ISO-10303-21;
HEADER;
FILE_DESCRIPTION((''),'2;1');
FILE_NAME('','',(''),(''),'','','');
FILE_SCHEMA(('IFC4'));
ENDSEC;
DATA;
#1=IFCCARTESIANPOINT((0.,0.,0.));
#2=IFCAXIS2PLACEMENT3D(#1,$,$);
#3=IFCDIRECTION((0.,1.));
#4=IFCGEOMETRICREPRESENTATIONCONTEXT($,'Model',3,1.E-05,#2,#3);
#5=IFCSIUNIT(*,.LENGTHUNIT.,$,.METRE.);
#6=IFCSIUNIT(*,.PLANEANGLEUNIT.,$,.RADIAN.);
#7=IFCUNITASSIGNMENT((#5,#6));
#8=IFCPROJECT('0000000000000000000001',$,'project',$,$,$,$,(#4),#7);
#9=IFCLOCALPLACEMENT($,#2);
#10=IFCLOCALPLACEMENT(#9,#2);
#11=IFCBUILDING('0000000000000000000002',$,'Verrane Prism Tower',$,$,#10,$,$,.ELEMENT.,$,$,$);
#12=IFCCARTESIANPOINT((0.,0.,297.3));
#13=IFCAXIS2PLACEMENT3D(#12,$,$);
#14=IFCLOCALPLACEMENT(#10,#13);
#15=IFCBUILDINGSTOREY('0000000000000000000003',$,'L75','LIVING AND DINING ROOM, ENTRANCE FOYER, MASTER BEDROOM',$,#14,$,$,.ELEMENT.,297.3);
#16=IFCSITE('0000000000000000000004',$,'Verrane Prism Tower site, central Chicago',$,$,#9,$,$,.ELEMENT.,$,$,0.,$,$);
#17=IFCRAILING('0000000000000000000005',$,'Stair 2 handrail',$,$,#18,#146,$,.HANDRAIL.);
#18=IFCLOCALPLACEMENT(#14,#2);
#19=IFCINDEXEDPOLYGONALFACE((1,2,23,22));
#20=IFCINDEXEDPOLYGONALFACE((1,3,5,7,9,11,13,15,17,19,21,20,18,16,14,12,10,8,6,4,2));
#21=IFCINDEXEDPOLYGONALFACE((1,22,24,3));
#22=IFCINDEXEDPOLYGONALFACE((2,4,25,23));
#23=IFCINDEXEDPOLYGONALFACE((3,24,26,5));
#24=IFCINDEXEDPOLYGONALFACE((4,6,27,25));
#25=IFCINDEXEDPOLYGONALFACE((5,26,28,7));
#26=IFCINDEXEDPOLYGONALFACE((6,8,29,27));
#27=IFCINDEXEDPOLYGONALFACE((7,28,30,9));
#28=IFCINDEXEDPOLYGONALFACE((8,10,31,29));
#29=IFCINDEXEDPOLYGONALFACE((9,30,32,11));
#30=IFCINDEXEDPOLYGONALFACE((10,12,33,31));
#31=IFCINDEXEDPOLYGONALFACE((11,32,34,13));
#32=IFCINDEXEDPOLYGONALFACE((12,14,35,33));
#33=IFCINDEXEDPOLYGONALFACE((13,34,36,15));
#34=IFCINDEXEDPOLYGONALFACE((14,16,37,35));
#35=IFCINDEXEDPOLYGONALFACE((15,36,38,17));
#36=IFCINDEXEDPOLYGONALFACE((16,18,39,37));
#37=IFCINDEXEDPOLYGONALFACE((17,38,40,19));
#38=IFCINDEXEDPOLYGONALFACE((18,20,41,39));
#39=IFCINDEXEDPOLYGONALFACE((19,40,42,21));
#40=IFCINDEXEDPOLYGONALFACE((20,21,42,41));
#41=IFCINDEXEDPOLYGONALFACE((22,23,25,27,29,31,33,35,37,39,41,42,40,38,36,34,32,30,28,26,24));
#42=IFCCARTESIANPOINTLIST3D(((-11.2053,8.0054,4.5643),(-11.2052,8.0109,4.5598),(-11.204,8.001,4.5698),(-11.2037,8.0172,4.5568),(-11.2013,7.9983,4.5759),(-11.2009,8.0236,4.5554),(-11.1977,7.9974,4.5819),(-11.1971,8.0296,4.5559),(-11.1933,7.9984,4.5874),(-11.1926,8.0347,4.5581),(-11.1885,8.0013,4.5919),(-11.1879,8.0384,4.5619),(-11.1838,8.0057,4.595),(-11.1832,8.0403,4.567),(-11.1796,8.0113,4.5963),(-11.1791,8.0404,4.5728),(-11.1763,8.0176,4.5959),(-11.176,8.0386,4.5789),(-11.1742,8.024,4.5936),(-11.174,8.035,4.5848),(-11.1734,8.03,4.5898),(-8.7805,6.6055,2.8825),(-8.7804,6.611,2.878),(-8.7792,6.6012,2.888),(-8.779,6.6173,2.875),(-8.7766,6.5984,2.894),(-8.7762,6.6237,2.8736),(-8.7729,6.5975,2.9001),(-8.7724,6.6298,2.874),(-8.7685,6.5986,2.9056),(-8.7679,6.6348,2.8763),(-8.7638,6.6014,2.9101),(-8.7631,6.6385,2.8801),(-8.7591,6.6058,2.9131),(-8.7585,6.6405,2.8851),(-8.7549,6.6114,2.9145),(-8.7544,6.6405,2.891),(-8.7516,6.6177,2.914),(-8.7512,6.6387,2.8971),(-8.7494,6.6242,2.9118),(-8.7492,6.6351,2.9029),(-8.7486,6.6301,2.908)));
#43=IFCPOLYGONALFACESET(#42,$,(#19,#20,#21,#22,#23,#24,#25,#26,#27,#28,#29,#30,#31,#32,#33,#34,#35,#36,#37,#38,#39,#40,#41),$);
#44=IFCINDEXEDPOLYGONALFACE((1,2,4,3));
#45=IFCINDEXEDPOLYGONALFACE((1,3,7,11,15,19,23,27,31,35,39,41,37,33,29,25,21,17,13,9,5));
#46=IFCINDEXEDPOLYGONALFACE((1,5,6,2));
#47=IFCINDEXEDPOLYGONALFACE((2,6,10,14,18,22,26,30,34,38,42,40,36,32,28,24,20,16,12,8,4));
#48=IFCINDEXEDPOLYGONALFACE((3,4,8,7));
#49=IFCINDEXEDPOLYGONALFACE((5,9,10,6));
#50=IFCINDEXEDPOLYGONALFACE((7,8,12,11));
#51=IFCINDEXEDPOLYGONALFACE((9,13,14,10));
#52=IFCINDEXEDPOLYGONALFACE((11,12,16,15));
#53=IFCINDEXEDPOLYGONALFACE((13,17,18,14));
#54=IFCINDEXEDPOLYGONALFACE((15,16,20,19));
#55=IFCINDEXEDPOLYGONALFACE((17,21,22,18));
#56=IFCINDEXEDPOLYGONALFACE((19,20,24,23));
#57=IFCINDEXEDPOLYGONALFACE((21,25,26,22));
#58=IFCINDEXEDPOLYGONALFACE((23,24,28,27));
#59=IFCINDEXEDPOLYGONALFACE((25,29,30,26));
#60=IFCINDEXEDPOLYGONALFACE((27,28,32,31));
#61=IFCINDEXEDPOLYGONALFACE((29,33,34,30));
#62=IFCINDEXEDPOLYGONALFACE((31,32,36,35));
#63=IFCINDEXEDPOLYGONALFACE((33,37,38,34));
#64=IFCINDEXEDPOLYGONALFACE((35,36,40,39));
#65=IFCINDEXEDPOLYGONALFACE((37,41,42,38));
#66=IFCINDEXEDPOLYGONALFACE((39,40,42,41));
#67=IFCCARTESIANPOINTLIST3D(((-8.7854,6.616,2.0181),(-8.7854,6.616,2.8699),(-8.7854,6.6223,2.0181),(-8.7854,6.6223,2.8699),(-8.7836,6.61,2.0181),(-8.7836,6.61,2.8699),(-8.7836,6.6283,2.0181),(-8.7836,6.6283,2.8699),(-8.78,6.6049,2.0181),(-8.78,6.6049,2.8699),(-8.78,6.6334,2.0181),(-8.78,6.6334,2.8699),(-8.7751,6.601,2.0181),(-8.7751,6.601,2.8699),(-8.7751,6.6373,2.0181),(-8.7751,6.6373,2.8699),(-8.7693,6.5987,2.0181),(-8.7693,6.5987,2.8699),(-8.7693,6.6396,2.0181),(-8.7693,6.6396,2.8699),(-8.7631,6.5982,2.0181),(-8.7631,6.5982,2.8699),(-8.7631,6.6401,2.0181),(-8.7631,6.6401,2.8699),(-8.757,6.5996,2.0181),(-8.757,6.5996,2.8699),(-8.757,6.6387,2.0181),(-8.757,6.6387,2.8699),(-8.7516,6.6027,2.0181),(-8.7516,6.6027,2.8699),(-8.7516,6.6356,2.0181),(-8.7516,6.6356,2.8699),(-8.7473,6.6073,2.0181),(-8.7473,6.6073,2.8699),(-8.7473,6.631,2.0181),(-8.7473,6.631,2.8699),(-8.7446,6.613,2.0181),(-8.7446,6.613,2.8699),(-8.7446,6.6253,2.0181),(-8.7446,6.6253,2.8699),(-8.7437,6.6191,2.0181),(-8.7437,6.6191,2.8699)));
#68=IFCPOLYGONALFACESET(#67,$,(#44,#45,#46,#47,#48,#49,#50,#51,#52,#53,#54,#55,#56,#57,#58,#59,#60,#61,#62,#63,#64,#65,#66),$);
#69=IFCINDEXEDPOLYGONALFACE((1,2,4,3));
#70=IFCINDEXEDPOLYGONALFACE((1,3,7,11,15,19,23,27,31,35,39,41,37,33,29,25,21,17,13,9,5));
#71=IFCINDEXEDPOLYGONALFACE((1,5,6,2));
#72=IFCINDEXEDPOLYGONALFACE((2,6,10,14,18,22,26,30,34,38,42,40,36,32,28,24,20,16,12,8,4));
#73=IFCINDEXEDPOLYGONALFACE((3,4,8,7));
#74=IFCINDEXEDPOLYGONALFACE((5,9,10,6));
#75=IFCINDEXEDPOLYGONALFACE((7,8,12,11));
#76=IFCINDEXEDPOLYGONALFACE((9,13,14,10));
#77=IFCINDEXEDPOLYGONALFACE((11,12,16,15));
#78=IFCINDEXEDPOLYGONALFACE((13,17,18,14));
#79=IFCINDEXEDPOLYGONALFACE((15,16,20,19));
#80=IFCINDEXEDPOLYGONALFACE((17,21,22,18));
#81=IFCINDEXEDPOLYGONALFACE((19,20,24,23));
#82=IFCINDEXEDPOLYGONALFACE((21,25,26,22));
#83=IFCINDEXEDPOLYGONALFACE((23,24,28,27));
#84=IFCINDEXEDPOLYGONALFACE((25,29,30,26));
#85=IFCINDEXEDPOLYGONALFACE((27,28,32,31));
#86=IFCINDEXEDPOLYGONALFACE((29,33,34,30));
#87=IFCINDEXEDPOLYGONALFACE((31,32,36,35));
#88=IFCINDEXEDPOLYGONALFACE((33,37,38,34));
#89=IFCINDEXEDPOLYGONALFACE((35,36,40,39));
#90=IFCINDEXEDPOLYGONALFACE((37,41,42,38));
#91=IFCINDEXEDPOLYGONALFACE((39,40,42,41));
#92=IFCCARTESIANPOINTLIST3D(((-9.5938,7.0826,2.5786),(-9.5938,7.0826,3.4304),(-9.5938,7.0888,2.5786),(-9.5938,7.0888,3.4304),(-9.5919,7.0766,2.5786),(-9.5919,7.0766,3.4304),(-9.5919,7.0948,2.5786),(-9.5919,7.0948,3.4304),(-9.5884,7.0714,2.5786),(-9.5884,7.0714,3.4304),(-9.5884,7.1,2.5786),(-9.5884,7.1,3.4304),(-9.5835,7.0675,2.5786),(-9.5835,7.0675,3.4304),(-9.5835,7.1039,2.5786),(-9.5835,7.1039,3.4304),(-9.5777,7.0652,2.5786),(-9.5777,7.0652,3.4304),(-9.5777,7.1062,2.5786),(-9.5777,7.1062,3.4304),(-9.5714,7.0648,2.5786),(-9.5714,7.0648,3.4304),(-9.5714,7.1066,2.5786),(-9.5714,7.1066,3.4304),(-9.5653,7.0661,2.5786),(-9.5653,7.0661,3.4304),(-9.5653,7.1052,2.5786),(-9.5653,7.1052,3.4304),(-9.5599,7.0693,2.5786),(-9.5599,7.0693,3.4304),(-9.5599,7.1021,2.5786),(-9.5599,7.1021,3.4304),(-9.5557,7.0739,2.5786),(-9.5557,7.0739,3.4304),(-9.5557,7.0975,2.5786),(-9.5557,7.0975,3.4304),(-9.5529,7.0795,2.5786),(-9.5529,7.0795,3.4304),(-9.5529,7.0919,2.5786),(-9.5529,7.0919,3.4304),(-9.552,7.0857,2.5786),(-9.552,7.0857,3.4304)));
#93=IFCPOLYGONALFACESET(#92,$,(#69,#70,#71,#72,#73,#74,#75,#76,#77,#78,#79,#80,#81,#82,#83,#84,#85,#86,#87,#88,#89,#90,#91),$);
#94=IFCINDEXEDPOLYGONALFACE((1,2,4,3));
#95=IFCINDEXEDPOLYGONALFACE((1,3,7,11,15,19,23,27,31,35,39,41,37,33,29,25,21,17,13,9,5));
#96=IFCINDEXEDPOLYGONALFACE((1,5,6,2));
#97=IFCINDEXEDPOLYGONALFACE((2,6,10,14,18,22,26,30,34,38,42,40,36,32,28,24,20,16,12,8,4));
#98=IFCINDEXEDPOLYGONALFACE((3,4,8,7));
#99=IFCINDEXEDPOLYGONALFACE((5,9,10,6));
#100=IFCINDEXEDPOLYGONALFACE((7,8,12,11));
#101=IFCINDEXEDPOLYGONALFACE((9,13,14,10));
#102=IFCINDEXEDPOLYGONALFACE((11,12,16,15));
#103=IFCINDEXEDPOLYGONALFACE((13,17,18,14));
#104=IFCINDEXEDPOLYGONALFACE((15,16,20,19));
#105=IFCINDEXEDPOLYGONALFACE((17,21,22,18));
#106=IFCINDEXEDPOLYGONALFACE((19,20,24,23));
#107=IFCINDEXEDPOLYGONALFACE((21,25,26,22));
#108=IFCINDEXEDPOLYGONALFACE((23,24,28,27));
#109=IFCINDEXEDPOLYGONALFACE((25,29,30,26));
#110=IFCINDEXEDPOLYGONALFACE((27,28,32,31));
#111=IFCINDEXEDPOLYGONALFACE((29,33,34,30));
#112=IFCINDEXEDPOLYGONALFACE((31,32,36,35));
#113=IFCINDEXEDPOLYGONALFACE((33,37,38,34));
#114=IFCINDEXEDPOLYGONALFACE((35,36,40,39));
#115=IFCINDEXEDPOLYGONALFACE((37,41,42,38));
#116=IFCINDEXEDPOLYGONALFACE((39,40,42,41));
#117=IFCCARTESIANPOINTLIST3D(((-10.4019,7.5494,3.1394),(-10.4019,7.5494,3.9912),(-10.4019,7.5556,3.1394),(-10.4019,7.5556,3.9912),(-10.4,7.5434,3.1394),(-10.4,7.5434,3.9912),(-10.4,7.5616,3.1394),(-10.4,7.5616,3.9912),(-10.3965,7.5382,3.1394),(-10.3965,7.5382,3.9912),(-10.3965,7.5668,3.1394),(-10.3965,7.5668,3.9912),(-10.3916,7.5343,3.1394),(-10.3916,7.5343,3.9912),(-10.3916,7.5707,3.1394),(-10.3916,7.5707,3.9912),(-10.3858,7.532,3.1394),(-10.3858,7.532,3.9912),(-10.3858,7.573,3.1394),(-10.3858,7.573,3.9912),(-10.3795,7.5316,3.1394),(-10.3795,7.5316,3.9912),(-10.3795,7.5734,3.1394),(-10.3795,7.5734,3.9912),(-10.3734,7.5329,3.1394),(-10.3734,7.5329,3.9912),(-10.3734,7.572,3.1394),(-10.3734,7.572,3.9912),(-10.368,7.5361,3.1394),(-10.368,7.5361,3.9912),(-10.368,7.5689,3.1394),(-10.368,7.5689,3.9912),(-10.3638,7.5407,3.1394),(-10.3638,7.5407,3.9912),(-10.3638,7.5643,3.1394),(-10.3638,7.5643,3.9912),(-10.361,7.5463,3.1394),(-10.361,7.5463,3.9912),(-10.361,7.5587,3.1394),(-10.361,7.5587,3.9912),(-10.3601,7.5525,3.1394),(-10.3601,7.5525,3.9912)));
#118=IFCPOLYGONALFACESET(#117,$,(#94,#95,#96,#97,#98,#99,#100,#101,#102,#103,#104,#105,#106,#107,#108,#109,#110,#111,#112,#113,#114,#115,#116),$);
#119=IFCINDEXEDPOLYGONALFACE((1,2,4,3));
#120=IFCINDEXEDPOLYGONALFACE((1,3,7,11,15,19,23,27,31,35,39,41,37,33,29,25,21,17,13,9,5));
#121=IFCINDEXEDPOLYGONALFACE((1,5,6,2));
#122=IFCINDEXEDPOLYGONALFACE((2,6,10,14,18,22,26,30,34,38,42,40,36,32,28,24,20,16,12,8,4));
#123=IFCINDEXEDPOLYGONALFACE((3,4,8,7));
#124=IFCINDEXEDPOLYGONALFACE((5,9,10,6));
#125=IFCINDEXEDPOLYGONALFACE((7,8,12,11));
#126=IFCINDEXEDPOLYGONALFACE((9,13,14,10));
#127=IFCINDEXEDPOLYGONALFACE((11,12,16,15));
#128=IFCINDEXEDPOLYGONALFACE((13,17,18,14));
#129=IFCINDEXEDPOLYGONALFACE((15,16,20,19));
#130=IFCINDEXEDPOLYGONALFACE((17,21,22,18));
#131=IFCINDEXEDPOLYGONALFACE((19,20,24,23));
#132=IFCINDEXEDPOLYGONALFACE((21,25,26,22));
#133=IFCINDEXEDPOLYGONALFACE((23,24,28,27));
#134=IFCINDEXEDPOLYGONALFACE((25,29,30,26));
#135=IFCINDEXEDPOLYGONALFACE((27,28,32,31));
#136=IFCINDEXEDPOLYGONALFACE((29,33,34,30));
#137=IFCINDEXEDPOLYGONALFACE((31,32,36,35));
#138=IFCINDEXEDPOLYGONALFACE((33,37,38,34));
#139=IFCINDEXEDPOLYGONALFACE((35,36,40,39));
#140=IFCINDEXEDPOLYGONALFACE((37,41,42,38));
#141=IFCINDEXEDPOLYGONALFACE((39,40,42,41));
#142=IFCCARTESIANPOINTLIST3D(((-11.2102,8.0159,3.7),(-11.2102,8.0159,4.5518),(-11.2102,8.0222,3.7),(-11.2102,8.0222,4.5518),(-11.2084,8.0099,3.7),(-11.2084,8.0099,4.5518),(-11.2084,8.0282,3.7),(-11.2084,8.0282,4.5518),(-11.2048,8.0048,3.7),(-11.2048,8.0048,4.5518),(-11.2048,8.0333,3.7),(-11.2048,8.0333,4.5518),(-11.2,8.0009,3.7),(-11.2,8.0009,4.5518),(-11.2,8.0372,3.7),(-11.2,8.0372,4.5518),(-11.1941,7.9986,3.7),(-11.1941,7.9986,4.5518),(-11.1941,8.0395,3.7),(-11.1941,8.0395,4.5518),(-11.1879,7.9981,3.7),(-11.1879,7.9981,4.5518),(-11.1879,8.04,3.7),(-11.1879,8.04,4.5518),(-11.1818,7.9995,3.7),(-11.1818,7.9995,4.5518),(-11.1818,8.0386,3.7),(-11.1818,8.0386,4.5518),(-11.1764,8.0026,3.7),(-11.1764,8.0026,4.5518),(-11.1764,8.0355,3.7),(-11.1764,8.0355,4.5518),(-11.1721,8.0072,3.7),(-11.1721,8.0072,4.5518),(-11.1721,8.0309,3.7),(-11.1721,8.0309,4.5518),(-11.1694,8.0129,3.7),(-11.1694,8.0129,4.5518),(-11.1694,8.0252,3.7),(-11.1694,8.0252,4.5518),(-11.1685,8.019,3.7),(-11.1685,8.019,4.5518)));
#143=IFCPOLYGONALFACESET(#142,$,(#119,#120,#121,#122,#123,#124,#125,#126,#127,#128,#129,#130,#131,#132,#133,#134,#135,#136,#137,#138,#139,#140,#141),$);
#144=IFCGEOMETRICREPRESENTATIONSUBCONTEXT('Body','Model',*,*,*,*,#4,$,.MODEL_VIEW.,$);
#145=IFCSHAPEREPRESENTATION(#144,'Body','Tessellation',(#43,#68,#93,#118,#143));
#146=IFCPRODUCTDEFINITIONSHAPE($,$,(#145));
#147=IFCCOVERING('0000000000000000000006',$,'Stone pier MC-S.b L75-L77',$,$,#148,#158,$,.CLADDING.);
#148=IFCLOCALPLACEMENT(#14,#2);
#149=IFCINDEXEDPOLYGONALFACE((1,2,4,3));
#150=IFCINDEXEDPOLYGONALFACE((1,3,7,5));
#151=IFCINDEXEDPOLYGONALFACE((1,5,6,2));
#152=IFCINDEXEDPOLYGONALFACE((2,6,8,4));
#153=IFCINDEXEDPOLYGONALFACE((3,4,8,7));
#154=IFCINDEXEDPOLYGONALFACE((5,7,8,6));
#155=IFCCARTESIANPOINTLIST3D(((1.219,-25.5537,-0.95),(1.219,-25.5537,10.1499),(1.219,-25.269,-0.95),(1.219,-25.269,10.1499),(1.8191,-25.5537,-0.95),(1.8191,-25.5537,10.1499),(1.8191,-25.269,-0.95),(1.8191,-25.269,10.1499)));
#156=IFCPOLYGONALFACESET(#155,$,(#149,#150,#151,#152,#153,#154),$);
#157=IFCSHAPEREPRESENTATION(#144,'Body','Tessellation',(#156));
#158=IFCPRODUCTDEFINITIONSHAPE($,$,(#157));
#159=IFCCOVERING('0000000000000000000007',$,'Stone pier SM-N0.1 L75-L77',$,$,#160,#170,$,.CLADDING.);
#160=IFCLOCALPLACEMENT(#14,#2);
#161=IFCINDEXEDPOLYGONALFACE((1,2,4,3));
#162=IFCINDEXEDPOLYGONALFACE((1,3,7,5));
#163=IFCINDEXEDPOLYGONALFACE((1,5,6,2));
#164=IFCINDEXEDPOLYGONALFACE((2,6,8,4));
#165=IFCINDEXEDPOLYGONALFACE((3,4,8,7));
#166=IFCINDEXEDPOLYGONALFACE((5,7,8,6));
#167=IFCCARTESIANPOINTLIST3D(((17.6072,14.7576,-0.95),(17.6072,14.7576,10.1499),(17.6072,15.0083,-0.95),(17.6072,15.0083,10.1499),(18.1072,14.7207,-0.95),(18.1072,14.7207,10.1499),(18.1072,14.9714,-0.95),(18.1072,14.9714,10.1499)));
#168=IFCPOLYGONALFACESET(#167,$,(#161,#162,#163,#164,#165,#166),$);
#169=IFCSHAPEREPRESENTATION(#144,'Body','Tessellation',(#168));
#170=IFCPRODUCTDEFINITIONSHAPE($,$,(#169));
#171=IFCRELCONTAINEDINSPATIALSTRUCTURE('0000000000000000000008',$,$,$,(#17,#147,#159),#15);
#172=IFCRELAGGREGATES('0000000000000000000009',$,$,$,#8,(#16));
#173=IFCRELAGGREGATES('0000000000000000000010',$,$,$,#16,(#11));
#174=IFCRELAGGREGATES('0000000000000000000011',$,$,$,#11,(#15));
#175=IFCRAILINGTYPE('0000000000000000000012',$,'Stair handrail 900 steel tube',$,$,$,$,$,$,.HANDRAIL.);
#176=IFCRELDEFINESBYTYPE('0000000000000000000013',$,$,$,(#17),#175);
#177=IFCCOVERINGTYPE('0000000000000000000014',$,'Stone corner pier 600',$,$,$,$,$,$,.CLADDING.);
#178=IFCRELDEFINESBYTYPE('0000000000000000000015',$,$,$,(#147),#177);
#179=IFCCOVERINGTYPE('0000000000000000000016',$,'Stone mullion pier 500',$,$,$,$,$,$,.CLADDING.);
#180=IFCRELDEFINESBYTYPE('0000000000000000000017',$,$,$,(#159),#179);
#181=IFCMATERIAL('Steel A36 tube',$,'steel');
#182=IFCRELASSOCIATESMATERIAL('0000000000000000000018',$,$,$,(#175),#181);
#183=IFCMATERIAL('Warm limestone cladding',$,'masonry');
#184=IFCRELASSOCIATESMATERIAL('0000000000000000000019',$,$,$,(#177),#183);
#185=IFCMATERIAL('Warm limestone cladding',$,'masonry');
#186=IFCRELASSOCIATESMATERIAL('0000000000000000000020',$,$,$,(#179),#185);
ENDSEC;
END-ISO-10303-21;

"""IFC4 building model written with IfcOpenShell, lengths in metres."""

from ifc_helpers import new_model, si_unit, direction, frame, origin, origin_2d, place, context, subcontext, project, spatial, polyline, circle, outline, extrude, material, type_object, element, save


model = new_model("IFC4")

# Units and contexts
model_context = context("Model", 3, precision=1e-05, world=origin(), true_north=direction((0.0, 1.0)))
body_context = subcontext(model_context, "Body", "Model", "MODEL_VIEW")
ifc_project = project(units=[si_unit("LENGTHUNIT", "METRE"), si_unit("PLANEANGLEUNIT", "RADIAN")], contexts=[model_context])

# Site, building, storey
site_placement = place(None, origin())
site = spatial("IfcSite", under=ifc_project, at=site_placement, Name="Verrane Prism Tower site, central Chicago", CompositionType="ELEMENT", RefElevation=0.0)
building_placement = place(site_placement, origin())
building = spatial("IfcBuilding", under=site, at=building_placement, Name="Verrane Prism Tower", CompositionType="ELEMENT")
storey_placement = place(building_placement, frame((0.0, 0.0, 297.3)))
storey = spatial("IfcBuildingStorey", under=building, at=storey_placement, Name="L75", Description="LIVING AND DINING ROOM, ENTRANCE FOYER, MASTER BEDROOM", CompositionType="ELEMENT", Elevation=297.3)

# Railing
ifc_material_1 = material(Name="Steel A36 tube", Category="steel")
railing_type_1 = type_object("IfcRailingType", Name="Stair handrail 900 steel tube", PredefinedType="HANDRAIL", material=ifc_material_1)
railing_1_placement = place(storey_placement, frame((-8.7646, 6.6191, 2.0181)))
element("IfcRailing", 1, at=railing_1_placement, inside=storey, type_object=railing_type_1, Name="Stair 2 handrail", PredefinedType="HANDRAIL", context=body_context, shape_type="SweptSolid", body=[
    extrude(circle(Radius=0.0239, at=origin_2d()), frame((0.0, 0.0, 0.876), z_axis=(-0.74239, 0.428601, 0.514934), x_axis=(-0.499984, -0.866035, 0.0)), (0.0, 0.0, 1.0), 3.2661),
    extrude(circle(Radius=0.021, at=origin_2d()), origin(), (0.0, 0.0, 1.0), 0.8518),
    extrude(circle(Radius=0.021, at=origin_2d()), frame((-0.8083, 0.4666, 0.5605)), (0.0, 0.0, 1.0), 0.8518),
    extrude(circle(Radius=0.021, at=origin_2d()), frame((-1.6165, 0.9333, 1.1213)), (0.0, 0.0, 1.0), 0.8518),
    extrude(circle(Radius=0.021, at=origin_2d()), frame((-2.4248, 1.3999, 1.6819)), (0.0, 0.0, 1.0), 0.8518),
])

# Coverings
ifc_material_2 = material(Name="Warm limestone cladding", Category="masonry")
covering_type_1 = type_object("IfcCoveringType", Name="Stone corner pier 600", PredefinedType="CLADDING", material=ifc_material_2)
covering_1_placement = place(storey_placement, frame((0.0, 0.0, -0.95)))
element("IfcCovering", 2, at=covering_1_placement, inside=storey, type_object=covering_type_1, Name="Stone pier MC-S.b L75-L77", PredefinedType="CLADDING", context=body_context, shape_type="SweptSolid", body=[
    extrude(outline(polyline([(1.8191, -25.269), (1.219, -25.269), (1.219, -25.5537), (1.8191, -25.5537), (1.8191, -25.269)])), origin(), (0.0, 0.0, 1.0), 11.0999),
])
ifc_material_3 = material(Name="Warm limestone cladding", Category="masonry")
covering_type_2 = type_object("IfcCoveringType", Name="Stone mullion pier 500", PredefinedType="CLADDING", material=ifc_material_3)
covering_2_placement = place(storey_placement, frame((0.0, 0.0, -0.95)))
element("IfcCovering", 3, at=covering_2_placement, inside=storey, type_object=covering_type_2, Name="Stone pier SM-N0.1 L75-L77", PredefinedType="CLADDING", context=body_context, shape_type="SweptSolid", body=[
    extrude(outline(polyline([(17.6072, 14.7576), (18.1072, 14.7207), (18.1072, 14.9714), (17.6072, 15.0083), (17.6072, 14.7576)])), origin(), (0.0, 0.0, 1.0), 11.0999),
])

save(model, "model.ifc")
